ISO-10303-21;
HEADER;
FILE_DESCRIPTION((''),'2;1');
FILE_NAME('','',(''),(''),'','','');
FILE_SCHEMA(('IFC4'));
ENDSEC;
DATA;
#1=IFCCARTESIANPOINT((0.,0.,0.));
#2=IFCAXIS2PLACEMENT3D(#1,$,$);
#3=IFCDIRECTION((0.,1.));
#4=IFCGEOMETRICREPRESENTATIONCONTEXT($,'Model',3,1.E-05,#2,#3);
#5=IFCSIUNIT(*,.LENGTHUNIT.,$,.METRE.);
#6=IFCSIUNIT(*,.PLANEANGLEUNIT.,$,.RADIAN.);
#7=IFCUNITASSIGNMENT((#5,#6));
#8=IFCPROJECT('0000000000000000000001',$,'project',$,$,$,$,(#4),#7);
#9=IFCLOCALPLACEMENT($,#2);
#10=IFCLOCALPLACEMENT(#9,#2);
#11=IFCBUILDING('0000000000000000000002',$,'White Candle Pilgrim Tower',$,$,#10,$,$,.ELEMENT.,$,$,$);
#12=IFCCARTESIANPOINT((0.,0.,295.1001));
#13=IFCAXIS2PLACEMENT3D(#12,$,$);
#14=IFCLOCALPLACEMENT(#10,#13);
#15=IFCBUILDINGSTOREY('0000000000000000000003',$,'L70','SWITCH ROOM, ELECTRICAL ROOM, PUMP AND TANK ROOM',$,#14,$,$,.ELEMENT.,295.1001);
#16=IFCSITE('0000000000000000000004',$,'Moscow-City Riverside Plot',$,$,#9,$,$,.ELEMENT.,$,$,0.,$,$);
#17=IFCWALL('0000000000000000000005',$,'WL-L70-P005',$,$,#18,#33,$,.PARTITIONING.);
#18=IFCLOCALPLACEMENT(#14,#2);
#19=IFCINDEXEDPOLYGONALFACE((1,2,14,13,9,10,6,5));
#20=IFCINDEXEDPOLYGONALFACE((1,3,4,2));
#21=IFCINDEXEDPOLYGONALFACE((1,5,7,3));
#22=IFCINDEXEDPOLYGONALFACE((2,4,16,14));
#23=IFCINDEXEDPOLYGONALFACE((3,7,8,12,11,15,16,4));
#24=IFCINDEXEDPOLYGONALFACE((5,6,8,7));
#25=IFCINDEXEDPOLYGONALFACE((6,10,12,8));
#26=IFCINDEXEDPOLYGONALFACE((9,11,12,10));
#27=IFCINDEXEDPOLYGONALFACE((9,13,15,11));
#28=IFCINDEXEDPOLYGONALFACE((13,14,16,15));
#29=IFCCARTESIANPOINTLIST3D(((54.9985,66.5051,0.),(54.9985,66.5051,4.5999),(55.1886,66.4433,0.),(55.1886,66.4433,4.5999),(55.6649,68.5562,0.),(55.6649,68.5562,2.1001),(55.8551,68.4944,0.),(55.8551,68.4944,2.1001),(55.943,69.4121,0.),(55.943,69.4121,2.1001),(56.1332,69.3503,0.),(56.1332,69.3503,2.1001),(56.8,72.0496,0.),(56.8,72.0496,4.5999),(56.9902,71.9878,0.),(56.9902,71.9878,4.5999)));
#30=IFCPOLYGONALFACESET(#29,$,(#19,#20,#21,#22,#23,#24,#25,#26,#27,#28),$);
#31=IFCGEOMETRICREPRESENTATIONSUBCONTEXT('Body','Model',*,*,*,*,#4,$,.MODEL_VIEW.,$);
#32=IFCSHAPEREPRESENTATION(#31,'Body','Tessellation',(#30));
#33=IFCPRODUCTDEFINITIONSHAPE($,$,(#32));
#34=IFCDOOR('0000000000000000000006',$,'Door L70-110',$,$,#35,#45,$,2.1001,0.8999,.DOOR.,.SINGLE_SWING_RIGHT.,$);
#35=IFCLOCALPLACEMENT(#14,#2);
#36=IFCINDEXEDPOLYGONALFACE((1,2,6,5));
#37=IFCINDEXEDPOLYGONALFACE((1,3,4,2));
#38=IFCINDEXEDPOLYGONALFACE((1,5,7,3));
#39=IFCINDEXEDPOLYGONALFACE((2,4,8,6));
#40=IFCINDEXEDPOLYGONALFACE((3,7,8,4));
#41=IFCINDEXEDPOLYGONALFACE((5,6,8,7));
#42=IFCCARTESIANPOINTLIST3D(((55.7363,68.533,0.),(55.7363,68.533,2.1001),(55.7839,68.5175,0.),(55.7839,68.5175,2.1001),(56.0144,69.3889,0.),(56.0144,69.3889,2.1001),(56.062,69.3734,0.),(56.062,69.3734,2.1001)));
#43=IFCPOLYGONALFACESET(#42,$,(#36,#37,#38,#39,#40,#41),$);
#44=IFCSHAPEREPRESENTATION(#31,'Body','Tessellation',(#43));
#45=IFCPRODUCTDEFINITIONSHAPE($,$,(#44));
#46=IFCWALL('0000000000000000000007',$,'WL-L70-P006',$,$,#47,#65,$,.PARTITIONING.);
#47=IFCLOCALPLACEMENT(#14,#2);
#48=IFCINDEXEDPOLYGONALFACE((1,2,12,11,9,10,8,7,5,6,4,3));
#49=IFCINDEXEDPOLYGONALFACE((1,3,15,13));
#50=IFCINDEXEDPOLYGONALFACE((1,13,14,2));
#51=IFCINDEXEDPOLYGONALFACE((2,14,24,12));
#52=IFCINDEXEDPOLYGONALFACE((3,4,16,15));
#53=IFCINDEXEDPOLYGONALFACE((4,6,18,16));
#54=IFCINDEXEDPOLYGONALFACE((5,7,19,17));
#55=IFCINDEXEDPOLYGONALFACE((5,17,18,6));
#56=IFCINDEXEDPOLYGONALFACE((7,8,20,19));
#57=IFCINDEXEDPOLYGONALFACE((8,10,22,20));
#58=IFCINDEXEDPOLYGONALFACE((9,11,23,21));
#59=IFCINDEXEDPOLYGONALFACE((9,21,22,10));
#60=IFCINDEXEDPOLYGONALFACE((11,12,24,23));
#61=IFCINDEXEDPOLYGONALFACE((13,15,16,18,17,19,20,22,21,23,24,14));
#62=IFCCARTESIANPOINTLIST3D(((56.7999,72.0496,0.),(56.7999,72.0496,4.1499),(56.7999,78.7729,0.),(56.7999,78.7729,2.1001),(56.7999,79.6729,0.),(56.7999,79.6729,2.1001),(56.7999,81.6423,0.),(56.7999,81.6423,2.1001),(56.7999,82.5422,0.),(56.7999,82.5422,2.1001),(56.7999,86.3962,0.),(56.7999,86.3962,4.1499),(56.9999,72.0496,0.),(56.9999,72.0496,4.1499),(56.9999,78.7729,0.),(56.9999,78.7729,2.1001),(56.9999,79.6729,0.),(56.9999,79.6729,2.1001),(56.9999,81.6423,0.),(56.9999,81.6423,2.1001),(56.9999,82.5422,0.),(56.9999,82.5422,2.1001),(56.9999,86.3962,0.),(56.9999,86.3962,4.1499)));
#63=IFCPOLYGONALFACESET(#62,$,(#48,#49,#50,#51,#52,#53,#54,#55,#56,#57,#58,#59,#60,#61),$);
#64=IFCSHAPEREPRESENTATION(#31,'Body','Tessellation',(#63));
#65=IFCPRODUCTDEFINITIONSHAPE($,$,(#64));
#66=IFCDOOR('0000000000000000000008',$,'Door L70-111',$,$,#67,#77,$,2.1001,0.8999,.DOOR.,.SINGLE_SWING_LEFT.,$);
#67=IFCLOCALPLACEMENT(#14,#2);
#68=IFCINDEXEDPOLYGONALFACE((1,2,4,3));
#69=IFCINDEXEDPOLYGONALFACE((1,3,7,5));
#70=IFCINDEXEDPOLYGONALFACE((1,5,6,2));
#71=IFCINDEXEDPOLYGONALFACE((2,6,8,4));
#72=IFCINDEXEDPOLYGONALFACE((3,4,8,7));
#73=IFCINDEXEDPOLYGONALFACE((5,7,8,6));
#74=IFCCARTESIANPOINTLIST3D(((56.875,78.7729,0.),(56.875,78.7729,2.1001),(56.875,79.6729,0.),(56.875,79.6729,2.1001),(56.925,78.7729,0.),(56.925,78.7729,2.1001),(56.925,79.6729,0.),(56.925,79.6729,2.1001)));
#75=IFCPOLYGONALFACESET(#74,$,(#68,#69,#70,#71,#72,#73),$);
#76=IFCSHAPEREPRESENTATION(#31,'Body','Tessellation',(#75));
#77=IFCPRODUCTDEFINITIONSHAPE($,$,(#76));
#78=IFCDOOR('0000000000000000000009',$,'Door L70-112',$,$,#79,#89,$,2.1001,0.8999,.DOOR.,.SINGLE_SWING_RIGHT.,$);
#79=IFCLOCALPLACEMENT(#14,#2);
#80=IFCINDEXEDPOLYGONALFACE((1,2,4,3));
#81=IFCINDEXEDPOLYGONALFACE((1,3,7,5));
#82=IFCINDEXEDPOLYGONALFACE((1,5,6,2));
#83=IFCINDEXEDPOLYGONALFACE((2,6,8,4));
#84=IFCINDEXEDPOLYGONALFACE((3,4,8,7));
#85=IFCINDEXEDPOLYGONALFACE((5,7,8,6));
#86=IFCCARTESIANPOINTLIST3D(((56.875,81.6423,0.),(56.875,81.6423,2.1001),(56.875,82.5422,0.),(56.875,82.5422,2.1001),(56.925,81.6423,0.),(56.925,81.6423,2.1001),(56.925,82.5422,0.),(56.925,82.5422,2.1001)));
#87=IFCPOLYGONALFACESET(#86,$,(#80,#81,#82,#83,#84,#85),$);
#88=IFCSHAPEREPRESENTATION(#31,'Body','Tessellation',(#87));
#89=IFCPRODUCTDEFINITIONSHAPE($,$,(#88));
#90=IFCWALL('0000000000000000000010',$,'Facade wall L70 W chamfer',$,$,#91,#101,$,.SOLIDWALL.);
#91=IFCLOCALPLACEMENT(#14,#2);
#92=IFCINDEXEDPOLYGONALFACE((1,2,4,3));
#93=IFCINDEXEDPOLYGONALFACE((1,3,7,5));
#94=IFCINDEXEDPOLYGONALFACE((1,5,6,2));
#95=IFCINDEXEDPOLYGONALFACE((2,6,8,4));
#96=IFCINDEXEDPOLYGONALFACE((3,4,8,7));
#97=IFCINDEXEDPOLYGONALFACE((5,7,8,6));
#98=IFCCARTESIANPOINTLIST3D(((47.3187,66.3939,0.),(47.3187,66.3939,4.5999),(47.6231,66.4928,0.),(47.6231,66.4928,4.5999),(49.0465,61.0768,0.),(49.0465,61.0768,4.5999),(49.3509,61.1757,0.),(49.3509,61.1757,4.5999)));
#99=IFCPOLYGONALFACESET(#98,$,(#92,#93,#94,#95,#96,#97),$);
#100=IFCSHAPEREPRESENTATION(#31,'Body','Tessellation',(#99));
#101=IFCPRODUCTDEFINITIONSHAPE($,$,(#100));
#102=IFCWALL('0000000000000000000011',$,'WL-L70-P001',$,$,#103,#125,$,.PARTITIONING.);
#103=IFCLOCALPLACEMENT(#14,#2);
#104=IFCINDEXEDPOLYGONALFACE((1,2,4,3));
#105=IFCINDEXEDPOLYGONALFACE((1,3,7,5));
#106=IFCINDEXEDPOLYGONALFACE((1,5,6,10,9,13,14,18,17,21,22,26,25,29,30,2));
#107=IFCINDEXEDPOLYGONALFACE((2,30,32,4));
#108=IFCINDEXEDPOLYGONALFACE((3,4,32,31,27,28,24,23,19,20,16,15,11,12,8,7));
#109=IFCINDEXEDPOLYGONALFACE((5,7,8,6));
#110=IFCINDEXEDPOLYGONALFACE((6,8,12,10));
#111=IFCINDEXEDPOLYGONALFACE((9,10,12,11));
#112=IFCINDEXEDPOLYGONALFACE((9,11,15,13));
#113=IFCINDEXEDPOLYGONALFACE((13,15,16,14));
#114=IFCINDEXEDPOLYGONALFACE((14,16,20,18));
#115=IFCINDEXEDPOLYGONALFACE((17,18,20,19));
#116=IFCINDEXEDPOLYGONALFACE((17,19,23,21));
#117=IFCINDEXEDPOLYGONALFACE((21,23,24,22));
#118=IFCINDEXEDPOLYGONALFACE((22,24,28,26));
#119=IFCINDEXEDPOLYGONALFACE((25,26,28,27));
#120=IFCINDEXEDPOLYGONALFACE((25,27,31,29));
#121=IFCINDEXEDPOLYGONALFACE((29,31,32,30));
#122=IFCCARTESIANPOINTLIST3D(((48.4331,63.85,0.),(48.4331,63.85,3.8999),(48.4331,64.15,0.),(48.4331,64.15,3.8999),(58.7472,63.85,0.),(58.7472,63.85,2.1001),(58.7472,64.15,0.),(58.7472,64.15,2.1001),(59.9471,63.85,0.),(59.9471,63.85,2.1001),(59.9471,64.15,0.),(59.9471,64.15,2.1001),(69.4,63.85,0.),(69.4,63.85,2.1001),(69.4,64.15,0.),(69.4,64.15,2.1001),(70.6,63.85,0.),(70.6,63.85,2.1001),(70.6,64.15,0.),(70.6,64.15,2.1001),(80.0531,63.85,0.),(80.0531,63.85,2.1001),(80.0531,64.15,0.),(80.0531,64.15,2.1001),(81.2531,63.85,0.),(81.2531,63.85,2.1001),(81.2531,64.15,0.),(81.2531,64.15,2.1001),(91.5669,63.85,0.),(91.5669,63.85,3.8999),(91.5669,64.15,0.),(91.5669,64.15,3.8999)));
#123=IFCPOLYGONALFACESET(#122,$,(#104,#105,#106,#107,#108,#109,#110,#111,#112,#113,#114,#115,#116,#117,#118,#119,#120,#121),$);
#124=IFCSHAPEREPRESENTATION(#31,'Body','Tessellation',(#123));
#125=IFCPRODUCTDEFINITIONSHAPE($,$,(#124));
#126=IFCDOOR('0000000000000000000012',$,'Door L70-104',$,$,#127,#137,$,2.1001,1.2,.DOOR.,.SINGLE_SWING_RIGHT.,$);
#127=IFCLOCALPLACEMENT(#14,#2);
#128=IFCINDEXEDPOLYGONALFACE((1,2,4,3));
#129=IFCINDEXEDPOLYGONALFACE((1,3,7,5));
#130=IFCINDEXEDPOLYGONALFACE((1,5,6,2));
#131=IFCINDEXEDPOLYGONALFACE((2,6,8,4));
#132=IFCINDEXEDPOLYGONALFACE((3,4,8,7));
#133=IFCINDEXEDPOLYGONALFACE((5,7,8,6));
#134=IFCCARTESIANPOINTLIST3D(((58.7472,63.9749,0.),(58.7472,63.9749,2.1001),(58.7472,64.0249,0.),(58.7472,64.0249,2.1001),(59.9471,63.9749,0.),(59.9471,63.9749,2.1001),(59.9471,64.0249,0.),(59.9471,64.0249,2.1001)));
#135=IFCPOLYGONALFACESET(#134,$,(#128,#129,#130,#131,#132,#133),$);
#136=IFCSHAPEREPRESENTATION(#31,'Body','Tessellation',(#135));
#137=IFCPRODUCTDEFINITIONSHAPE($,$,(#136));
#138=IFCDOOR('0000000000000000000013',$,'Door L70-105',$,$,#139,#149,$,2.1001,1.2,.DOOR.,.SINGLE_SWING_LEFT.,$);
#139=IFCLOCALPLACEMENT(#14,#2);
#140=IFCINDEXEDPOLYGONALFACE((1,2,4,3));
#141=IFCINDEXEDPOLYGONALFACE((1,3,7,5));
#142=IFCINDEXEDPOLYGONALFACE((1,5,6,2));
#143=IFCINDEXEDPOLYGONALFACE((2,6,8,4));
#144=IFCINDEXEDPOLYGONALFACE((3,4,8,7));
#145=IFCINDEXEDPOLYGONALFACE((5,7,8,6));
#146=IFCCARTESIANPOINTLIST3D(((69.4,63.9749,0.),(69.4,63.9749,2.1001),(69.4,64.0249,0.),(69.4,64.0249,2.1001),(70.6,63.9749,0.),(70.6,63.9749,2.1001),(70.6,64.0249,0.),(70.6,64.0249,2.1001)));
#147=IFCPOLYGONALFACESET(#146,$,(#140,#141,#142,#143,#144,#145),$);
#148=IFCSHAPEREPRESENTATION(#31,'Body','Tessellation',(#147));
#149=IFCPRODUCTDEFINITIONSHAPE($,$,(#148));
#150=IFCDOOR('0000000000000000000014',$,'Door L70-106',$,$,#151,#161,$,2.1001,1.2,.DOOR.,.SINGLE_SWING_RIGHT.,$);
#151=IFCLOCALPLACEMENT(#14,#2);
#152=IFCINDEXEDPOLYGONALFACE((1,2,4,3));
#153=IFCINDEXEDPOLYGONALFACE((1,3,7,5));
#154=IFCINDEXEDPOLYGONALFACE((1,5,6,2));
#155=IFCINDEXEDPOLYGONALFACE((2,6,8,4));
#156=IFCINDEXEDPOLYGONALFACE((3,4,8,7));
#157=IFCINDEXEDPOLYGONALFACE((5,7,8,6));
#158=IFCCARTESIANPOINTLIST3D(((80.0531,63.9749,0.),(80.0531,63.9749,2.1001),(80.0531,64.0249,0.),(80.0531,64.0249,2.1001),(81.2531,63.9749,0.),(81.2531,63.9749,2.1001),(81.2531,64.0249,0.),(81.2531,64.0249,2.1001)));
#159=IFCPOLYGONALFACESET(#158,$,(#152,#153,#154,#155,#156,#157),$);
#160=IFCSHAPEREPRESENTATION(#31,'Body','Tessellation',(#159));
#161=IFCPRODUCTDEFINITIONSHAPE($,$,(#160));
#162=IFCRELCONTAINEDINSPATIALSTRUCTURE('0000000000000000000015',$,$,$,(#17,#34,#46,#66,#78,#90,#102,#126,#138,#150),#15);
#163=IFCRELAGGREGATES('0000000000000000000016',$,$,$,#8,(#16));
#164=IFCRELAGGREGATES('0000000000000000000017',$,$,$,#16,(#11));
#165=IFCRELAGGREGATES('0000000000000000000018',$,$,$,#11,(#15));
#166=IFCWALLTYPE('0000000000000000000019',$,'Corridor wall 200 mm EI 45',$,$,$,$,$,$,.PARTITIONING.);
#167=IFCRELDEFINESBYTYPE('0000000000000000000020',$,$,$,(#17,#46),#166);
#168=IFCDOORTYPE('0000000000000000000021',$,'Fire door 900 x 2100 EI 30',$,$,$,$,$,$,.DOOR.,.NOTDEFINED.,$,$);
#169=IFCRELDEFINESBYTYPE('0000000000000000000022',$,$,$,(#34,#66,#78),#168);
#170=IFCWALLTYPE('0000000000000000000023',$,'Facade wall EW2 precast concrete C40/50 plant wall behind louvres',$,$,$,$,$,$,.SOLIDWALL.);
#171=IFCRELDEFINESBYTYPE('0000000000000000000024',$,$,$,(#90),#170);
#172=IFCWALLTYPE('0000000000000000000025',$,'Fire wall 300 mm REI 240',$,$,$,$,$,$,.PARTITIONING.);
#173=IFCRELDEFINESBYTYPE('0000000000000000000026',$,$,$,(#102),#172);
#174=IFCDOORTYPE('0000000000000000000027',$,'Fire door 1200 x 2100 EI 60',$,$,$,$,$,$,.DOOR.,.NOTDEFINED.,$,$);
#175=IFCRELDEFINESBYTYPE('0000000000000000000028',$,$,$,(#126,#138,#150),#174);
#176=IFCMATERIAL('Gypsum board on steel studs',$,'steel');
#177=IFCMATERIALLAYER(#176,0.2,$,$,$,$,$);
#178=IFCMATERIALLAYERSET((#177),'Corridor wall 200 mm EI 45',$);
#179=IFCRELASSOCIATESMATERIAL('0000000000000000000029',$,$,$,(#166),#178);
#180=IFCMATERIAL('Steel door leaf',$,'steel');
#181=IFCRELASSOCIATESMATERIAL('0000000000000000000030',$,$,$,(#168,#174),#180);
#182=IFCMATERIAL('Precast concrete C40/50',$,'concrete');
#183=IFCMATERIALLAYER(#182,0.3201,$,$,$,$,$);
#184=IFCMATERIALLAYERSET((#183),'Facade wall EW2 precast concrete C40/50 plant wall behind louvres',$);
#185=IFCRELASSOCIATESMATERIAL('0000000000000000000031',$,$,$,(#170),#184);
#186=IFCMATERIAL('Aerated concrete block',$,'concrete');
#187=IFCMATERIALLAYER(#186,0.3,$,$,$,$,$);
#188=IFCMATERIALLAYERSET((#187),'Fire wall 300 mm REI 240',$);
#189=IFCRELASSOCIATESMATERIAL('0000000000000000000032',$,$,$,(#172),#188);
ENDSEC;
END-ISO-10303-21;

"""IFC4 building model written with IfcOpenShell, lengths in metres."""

from ifc_helpers import new_model, si_unit, direction, frame, frame_2d, origin, place, context, subcontext, project, spatial, rectangle, extrude, material, layer, layer_set, type_object, element, fill, save


model = new_model("IFC4")

# Units and contexts
model_context = context("Model", 3, precision=1e-05, world=origin(), true_north=direction((0.0, 1.0)))
body_context = subcontext(model_context, "Body", "Model", "MODEL_VIEW")
ifc_project = project(units=[si_unit("LENGTHUNIT", "METRE"), si_unit("PLANEANGLEUNIT", "RADIAN")], contexts=[model_context])

# Site, building, storey
site_placement = place(None, origin())
site = spatial("IfcSite", under=ifc_project, at=site_placement, Name="Moscow-City Riverside Plot", CompositionType="ELEMENT", RefElevation=0.0)
building_placement = place(site_placement, origin())
building = spatial("IfcBuilding", under=site, at=building_placement, Name="White Candle Pilgrim Tower", CompositionType="ELEMENT")
storey_placement = place(building_placement, frame((0.0, 0.0, 295.1001)))
storey = spatial("IfcBuildingStorey", under=building, at=storey_placement, Name="L70", Description="SWITCH ROOM, ELECTRICAL ROOM, PUMP AND TANK ROOM", CompositionType="ELEMENT", Elevation=295.1001)

# Shared definitions
ifc_material_1 = material(Name="Gypsum board on steel studs", Category="steel")
ifc_layer_1 = layer(ifc_material_1, 0.2)
ifc_layer_set_1 = layer_set([ifc_layer_1], Name="Corridor wall 200 mm EI 45")
wall_type_1 = type_object("IfcWallType", Name="Corridor wall 200 mm EI 45", PredefinedType="PARTITIONING", material=ifc_layer_set_1)

# Wall, opening, door
wall_1_placement = place(storey_placement, frame((55.0935, 66.4741, 0.0), z_axis=(0.0, 0.0, 1.0), x_axis=(0.30902, 0.951056, 0.0)))
wall_1 = element("IfcWall", 1, at=wall_1_placement, inside=storey, type_object=wall_type_1, Name="WL-L70-P005", PredefinedType="PARTITIONING", context=body_context, shape_type="SweptSolid", body=[
    extrude(rectangle(XDim=5.8298, YDim=0.2, at=frame_2d((2.915, 0.0))), origin(), (0.0, 0.0, 1.0), 4.5999),
])
opening_1_placement = place(wall_1_placement, frame((2.1567, 0.0, 0.0)))
opening_1 = element("IfcOpeningElement", 2, at=opening_1_placement, cuts=wall_1, PredefinedType="OPENING", context=body_context, shape_type="SweptSolid", body=[
    extrude(rectangle(XDim=0.8999, YDim=2.1001, at=frame_2d((0.45, 1.05))), frame((0.0, 0.1099, 0.0), z_axis=(0.0, -1.0, 0.0), x_axis=(1.0, 0.0, 0.0)), (0.0, 0.0, 1.0), 0.22),
])
ifc_material_2 = material(Name="Steel door leaf", Category="steel")
door_type_1 = type_object("IfcDoorType", Name="Fire door 900 x 2100 EI 30", OperationType="NOTDEFINED", PredefinedType="DOOR", material=ifc_material_2)
door_1_placement = place(opening_1_placement, origin())
door_1 = element("IfcDoor", 3, at=door_1_placement, inside=storey, type_object=door_type_1, Name="Door L70-110", OperationType="SINGLE_SWING_RIGHT", OverallHeight=2.1001, OverallWidth=0.8999, PredefinedType="DOOR", context=body_context, shape_type="SweptSolid", body=[
    extrude(rectangle(XDim=0.8999, YDim=2.1001, at=frame_2d((0.45, 1.05))), frame((0.0, 0.0249, 0.0), z_axis=(0.0, -1.0, 0.0), x_axis=(1.0, 0.0, 0.0)), (0.0, 0.0, 1.0), 0.05),
])
fill(opening_1, door_1)

# Wall, openings, doors
wall_2_placement = place(storey_placement, frame((56.8999, 72.0496, 0.0), z_axis=(0.0, 0.0, 1.0), x_axis=(0.0, 1.0, 0.0)))
wall_2 = element("IfcWall", 4, at=wall_2_placement, inside=storey, type_object=wall_type_1, Name="WL-L70-P006", PredefinedType="PARTITIONING", context=body_context, shape_type="SweptSolid", body=[
    extrude(rectangle(XDim=14.3467, YDim=0.2, at=frame_2d((7.1733, 0.0))), origin(), (0.0, 0.0, 1.0), 4.1499),
])
opening_2_placement = place(wall_2_placement, frame((6.7234, 0.0, 0.0)))
opening_2 = element("IfcOpeningElement", 5, at=opening_2_placement, cuts=wall_2, PredefinedType="OPENING", context=body_context, shape_type="SweptSolid", body=[
    extrude(rectangle(XDim=0.8999, YDim=2.1001, at=frame_2d((0.45, 1.05))), frame((0.0, 0.1099, 0.0), z_axis=(0.0, -1.0, 0.0), x_axis=(1.0, 0.0, 0.0)), (0.0, 0.0, 1.0), 0.22),
])
opening_3_placement = place(wall_2_placement, frame((9.5928, 0.0, 0.0)))
opening_3 = element("IfcOpeningElement", 6, at=opening_3_placement, cuts=wall_2, PredefinedType="OPENING", context=body_context, shape_type="SweptSolid", body=[
    extrude(rectangle(XDim=0.8999, YDim=2.1001, at=frame_2d((0.45, 1.05))), frame((0.0, 0.1099, 0.0), z_axis=(0.0, -1.0, 0.0), x_axis=(1.0, 0.0, 0.0)), (0.0, 0.0, 1.0), 0.22),
])
door_2_placement = place(opening_2_placement, origin())
door_2 = element("IfcDoor", 7, at=door_2_placement, inside=storey, type_object=door_type_1, Name="Door L70-111", OperationType="SINGLE_SWING_LEFT", OverallHeight=2.1001, OverallWidth=0.8999, PredefinedType="DOOR", context=body_context, shape_type="SweptSolid", body=[
    extrude(rectangle(XDim=0.8999, YDim=2.1001, at=frame_2d((0.45, 1.05))), frame((0.0, 0.0249, 0.0), z_axis=(0.0, -1.0, 0.0), x_axis=(1.0, 0.0, 0.0)), (0.0, 0.0, 1.0), 0.05),
])
fill(opening_2, door_2)
door_3_placement = place(opening_3_placement, origin())
door_3 = element("IfcDoor", 8, at=door_3_placement, inside=storey, type_object=door_type_1, Name="Door L70-112", OperationType="SINGLE_SWING_RIGHT", OverallHeight=2.1001, OverallWidth=0.8999, PredefinedType="DOOR", context=body_context, shape_type="SweptSolid", body=[
    extrude(rectangle(XDim=0.8999, YDim=2.1001, at=frame_2d((0.45, 1.05))), frame((0.0, 0.0249, 0.0), z_axis=(0.0, -1.0, 0.0), x_axis=(1.0, 0.0, 0.0)), (0.0, 0.0, 1.0), 0.05),
])
fill(opening_3, door_3)

# Wall
ifc_material_3 = material(Name="Precast concrete C40/50", Category="concrete")
ifc_layer_2 = layer(ifc_material_3, 0.3201)
ifc_layer_set_2 = layer_set([ifc_layer_2], Name="Facade wall EW2 precast concrete C40/50 plant wall behind louvres")
wall_type_2 = type_object("IfcWallType", Name="Facade wall EW2 precast concrete C40/50 plant wall behind louvres", PredefinedType="SOLIDWALL", material=ifc_layer_set_2)
wall_3_placement = place(storey_placement, frame((47.4709, 66.4434, 0.0), z_axis=(0.0, 0.0, 1.0), x_axis=(0.30904, -0.951049, 0.0)))
element("IfcWall", 9, at=wall_3_placement, inside=storey, type_object=wall_type_2, Name="Facade wall L70 W chamfer", PredefinedType="SOLIDWALL", context=body_context, shape_type="SweptSolid", body=[
    extrude(rectangle(XDim=5.5908, YDim=0.3201, at=frame_2d((2.7954, 0.0))), origin(), (0.0, 0.0, 1.0), 4.5999),
])

# Wall, openings, doors
ifc_material_4 = material(Name="Aerated concrete block", Category="concrete")
ifc_layer_3 = layer(ifc_material_4, 0.3)
ifc_layer_set_3 = layer_set([ifc_layer_3], Name="Fire wall 300 mm REI 240")
wall_type_3 = type_object("IfcWallType", Name="Fire wall 300 mm REI 240", PredefinedType="PARTITIONING", material=ifc_layer_set_3)
wall_4_placement = place(storey_placement, frame((48.4331, 64.0, 0.0), z_axis=(0.0, 0.0, 1.0), x_axis=(1.0, 0.0, 0.0)))
wall_4 = element("IfcWall", 10, at=wall_4_placement, inside=storey, type_object=wall_type_3, Name="WL-L70-P001", PredefinedType="PARTITIONING", context=body_context, shape_type="SweptSolid", body=[
    extrude(rectangle(XDim=43.1338, YDim=0.3, at=frame_2d((21.5669, 0.0))), origin(), (0.0, 0.0, 1.0), 3.8999),
])
opening_4_placement = place(wall_4_placement, frame((10.314, 0.0, 0.0)))
opening_4 = element("IfcOpeningElement", 11, at=opening_4_placement, cuts=wall_4, PredefinedType="OPENING", context=body_context, shape_type="SweptSolid", body=[
    extrude(rectangle(XDim=1.2, YDim=2.1001, at=frame_2d((0.6001, 1.05))), frame((0.0, 0.1599, 0.0), z_axis=(0.0, -1.0, 0.0), x_axis=(1.0, 0.0, 0.0)), (0.0, 0.0, 1.0), 0.3201),
])
opening_5_placement = place(wall_4_placement, frame((20.9668, 0.0, 0.0)))
opening_5 = element("IfcOpeningElement", 12, at=opening_5_placement, cuts=wall_4, PredefinedType="OPENING", context=body_context, shape_type="SweptSolid", body=[
    extrude(rectangle(XDim=1.2, YDim=2.1001, at=frame_2d((0.6001, 1.05))), frame((0.0, 0.1599, 0.0), z_axis=(0.0, -1.0, 0.0), x_axis=(1.0, 0.0, 0.0)), (0.0, 0.0, 1.0), 0.3201),
])
opening_6_placement = place(wall_4_placement, frame((31.6199, 0.0, 0.0)))
opening_6 = element("IfcOpeningElement", 13, at=opening_6_placement, cuts=wall_4, PredefinedType="OPENING", context=body_context, shape_type="SweptSolid", body=[
    extrude(rectangle(XDim=1.2, YDim=2.1001, at=frame_2d((0.6001, 1.05))), frame((0.0, 0.1599, 0.0), z_axis=(0.0, -1.0, 0.0), x_axis=(1.0, 0.0, 0.0)), (0.0, 0.0, 1.0), 0.3201),
])
door_type_2 = type_object("IfcDoorType", Name="Fire door 1200 x 2100 EI 60", OperationType="NOTDEFINED", PredefinedType="DOOR", material=ifc_material_2)
door_4_placement = place(opening_4_placement, origin())
door_4 = element("IfcDoor", 14, at=door_4_placement, inside=storey, type_object=door_type_2, Name="Door L70-104", OperationType="SINGLE_SWING_RIGHT", OverallHeight=2.1001, OverallWidth=1.2, PredefinedType="DOOR", context=body_context, shape_type="SweptSolid", body=[
    extrude(rectangle(XDim=1.2, YDim=2.1001, at=frame_2d((0.6001, 1.05))), frame((0.0, 0.0249, 0.0), z_axis=(0.0, -1.0, 0.0), x_axis=(1.0, 0.0, 0.0)), (0.0, 0.0, 1.0), 0.05),
])
fill(opening_4, door_4)
door_5_placement = place(opening_5_placement, origin())
door_5 = element("IfcDoor", 15, at=door_5_placement, inside=storey, type_object=door_type_2, Name="Door L70-105", OperationType="SINGLE_SWING_LEFT", OverallHeight=2.1001, OverallWidth=1.2, PredefinedType="DOOR", context=body_context, shape_type="SweptSolid", body=[
    extrude(rectangle(XDim=1.2, YDim=2.1001, at=frame_2d((0.6001, 1.05))), frame((0.0, 0.0249, 0.0), z_axis=(0.0, -1.0, 0.0), x_axis=(1.0, 0.0, 0.0)), (0.0, 0.0, 1.0), 0.05),
])
fill(opening_5, door_5)
door_6_placement = place(opening_6_placement, origin())
door_6 = element("IfcDoor", 16, at=door_6_placement, inside=storey, type_object=door_type_2, Name="Door L70-106", OperationType="SINGLE_SWING_RIGHT", OverallHeight=2.1001, OverallWidth=1.2, PredefinedType="DOOR", context=body_context, shape_type="SweptSolid", body=[
    extrude(rectangle(XDim=1.2, YDim=2.1001, at=frame_2d((0.6001, 1.05))), frame((0.0, 0.0249, 0.0), z_axis=(0.0, -1.0, 0.0), x_axis=(1.0, 0.0, 0.0)), (0.0, 0.0, 1.0), 0.05),
])
fill(opening_6, door_6)

save(model, "model.ifc")
